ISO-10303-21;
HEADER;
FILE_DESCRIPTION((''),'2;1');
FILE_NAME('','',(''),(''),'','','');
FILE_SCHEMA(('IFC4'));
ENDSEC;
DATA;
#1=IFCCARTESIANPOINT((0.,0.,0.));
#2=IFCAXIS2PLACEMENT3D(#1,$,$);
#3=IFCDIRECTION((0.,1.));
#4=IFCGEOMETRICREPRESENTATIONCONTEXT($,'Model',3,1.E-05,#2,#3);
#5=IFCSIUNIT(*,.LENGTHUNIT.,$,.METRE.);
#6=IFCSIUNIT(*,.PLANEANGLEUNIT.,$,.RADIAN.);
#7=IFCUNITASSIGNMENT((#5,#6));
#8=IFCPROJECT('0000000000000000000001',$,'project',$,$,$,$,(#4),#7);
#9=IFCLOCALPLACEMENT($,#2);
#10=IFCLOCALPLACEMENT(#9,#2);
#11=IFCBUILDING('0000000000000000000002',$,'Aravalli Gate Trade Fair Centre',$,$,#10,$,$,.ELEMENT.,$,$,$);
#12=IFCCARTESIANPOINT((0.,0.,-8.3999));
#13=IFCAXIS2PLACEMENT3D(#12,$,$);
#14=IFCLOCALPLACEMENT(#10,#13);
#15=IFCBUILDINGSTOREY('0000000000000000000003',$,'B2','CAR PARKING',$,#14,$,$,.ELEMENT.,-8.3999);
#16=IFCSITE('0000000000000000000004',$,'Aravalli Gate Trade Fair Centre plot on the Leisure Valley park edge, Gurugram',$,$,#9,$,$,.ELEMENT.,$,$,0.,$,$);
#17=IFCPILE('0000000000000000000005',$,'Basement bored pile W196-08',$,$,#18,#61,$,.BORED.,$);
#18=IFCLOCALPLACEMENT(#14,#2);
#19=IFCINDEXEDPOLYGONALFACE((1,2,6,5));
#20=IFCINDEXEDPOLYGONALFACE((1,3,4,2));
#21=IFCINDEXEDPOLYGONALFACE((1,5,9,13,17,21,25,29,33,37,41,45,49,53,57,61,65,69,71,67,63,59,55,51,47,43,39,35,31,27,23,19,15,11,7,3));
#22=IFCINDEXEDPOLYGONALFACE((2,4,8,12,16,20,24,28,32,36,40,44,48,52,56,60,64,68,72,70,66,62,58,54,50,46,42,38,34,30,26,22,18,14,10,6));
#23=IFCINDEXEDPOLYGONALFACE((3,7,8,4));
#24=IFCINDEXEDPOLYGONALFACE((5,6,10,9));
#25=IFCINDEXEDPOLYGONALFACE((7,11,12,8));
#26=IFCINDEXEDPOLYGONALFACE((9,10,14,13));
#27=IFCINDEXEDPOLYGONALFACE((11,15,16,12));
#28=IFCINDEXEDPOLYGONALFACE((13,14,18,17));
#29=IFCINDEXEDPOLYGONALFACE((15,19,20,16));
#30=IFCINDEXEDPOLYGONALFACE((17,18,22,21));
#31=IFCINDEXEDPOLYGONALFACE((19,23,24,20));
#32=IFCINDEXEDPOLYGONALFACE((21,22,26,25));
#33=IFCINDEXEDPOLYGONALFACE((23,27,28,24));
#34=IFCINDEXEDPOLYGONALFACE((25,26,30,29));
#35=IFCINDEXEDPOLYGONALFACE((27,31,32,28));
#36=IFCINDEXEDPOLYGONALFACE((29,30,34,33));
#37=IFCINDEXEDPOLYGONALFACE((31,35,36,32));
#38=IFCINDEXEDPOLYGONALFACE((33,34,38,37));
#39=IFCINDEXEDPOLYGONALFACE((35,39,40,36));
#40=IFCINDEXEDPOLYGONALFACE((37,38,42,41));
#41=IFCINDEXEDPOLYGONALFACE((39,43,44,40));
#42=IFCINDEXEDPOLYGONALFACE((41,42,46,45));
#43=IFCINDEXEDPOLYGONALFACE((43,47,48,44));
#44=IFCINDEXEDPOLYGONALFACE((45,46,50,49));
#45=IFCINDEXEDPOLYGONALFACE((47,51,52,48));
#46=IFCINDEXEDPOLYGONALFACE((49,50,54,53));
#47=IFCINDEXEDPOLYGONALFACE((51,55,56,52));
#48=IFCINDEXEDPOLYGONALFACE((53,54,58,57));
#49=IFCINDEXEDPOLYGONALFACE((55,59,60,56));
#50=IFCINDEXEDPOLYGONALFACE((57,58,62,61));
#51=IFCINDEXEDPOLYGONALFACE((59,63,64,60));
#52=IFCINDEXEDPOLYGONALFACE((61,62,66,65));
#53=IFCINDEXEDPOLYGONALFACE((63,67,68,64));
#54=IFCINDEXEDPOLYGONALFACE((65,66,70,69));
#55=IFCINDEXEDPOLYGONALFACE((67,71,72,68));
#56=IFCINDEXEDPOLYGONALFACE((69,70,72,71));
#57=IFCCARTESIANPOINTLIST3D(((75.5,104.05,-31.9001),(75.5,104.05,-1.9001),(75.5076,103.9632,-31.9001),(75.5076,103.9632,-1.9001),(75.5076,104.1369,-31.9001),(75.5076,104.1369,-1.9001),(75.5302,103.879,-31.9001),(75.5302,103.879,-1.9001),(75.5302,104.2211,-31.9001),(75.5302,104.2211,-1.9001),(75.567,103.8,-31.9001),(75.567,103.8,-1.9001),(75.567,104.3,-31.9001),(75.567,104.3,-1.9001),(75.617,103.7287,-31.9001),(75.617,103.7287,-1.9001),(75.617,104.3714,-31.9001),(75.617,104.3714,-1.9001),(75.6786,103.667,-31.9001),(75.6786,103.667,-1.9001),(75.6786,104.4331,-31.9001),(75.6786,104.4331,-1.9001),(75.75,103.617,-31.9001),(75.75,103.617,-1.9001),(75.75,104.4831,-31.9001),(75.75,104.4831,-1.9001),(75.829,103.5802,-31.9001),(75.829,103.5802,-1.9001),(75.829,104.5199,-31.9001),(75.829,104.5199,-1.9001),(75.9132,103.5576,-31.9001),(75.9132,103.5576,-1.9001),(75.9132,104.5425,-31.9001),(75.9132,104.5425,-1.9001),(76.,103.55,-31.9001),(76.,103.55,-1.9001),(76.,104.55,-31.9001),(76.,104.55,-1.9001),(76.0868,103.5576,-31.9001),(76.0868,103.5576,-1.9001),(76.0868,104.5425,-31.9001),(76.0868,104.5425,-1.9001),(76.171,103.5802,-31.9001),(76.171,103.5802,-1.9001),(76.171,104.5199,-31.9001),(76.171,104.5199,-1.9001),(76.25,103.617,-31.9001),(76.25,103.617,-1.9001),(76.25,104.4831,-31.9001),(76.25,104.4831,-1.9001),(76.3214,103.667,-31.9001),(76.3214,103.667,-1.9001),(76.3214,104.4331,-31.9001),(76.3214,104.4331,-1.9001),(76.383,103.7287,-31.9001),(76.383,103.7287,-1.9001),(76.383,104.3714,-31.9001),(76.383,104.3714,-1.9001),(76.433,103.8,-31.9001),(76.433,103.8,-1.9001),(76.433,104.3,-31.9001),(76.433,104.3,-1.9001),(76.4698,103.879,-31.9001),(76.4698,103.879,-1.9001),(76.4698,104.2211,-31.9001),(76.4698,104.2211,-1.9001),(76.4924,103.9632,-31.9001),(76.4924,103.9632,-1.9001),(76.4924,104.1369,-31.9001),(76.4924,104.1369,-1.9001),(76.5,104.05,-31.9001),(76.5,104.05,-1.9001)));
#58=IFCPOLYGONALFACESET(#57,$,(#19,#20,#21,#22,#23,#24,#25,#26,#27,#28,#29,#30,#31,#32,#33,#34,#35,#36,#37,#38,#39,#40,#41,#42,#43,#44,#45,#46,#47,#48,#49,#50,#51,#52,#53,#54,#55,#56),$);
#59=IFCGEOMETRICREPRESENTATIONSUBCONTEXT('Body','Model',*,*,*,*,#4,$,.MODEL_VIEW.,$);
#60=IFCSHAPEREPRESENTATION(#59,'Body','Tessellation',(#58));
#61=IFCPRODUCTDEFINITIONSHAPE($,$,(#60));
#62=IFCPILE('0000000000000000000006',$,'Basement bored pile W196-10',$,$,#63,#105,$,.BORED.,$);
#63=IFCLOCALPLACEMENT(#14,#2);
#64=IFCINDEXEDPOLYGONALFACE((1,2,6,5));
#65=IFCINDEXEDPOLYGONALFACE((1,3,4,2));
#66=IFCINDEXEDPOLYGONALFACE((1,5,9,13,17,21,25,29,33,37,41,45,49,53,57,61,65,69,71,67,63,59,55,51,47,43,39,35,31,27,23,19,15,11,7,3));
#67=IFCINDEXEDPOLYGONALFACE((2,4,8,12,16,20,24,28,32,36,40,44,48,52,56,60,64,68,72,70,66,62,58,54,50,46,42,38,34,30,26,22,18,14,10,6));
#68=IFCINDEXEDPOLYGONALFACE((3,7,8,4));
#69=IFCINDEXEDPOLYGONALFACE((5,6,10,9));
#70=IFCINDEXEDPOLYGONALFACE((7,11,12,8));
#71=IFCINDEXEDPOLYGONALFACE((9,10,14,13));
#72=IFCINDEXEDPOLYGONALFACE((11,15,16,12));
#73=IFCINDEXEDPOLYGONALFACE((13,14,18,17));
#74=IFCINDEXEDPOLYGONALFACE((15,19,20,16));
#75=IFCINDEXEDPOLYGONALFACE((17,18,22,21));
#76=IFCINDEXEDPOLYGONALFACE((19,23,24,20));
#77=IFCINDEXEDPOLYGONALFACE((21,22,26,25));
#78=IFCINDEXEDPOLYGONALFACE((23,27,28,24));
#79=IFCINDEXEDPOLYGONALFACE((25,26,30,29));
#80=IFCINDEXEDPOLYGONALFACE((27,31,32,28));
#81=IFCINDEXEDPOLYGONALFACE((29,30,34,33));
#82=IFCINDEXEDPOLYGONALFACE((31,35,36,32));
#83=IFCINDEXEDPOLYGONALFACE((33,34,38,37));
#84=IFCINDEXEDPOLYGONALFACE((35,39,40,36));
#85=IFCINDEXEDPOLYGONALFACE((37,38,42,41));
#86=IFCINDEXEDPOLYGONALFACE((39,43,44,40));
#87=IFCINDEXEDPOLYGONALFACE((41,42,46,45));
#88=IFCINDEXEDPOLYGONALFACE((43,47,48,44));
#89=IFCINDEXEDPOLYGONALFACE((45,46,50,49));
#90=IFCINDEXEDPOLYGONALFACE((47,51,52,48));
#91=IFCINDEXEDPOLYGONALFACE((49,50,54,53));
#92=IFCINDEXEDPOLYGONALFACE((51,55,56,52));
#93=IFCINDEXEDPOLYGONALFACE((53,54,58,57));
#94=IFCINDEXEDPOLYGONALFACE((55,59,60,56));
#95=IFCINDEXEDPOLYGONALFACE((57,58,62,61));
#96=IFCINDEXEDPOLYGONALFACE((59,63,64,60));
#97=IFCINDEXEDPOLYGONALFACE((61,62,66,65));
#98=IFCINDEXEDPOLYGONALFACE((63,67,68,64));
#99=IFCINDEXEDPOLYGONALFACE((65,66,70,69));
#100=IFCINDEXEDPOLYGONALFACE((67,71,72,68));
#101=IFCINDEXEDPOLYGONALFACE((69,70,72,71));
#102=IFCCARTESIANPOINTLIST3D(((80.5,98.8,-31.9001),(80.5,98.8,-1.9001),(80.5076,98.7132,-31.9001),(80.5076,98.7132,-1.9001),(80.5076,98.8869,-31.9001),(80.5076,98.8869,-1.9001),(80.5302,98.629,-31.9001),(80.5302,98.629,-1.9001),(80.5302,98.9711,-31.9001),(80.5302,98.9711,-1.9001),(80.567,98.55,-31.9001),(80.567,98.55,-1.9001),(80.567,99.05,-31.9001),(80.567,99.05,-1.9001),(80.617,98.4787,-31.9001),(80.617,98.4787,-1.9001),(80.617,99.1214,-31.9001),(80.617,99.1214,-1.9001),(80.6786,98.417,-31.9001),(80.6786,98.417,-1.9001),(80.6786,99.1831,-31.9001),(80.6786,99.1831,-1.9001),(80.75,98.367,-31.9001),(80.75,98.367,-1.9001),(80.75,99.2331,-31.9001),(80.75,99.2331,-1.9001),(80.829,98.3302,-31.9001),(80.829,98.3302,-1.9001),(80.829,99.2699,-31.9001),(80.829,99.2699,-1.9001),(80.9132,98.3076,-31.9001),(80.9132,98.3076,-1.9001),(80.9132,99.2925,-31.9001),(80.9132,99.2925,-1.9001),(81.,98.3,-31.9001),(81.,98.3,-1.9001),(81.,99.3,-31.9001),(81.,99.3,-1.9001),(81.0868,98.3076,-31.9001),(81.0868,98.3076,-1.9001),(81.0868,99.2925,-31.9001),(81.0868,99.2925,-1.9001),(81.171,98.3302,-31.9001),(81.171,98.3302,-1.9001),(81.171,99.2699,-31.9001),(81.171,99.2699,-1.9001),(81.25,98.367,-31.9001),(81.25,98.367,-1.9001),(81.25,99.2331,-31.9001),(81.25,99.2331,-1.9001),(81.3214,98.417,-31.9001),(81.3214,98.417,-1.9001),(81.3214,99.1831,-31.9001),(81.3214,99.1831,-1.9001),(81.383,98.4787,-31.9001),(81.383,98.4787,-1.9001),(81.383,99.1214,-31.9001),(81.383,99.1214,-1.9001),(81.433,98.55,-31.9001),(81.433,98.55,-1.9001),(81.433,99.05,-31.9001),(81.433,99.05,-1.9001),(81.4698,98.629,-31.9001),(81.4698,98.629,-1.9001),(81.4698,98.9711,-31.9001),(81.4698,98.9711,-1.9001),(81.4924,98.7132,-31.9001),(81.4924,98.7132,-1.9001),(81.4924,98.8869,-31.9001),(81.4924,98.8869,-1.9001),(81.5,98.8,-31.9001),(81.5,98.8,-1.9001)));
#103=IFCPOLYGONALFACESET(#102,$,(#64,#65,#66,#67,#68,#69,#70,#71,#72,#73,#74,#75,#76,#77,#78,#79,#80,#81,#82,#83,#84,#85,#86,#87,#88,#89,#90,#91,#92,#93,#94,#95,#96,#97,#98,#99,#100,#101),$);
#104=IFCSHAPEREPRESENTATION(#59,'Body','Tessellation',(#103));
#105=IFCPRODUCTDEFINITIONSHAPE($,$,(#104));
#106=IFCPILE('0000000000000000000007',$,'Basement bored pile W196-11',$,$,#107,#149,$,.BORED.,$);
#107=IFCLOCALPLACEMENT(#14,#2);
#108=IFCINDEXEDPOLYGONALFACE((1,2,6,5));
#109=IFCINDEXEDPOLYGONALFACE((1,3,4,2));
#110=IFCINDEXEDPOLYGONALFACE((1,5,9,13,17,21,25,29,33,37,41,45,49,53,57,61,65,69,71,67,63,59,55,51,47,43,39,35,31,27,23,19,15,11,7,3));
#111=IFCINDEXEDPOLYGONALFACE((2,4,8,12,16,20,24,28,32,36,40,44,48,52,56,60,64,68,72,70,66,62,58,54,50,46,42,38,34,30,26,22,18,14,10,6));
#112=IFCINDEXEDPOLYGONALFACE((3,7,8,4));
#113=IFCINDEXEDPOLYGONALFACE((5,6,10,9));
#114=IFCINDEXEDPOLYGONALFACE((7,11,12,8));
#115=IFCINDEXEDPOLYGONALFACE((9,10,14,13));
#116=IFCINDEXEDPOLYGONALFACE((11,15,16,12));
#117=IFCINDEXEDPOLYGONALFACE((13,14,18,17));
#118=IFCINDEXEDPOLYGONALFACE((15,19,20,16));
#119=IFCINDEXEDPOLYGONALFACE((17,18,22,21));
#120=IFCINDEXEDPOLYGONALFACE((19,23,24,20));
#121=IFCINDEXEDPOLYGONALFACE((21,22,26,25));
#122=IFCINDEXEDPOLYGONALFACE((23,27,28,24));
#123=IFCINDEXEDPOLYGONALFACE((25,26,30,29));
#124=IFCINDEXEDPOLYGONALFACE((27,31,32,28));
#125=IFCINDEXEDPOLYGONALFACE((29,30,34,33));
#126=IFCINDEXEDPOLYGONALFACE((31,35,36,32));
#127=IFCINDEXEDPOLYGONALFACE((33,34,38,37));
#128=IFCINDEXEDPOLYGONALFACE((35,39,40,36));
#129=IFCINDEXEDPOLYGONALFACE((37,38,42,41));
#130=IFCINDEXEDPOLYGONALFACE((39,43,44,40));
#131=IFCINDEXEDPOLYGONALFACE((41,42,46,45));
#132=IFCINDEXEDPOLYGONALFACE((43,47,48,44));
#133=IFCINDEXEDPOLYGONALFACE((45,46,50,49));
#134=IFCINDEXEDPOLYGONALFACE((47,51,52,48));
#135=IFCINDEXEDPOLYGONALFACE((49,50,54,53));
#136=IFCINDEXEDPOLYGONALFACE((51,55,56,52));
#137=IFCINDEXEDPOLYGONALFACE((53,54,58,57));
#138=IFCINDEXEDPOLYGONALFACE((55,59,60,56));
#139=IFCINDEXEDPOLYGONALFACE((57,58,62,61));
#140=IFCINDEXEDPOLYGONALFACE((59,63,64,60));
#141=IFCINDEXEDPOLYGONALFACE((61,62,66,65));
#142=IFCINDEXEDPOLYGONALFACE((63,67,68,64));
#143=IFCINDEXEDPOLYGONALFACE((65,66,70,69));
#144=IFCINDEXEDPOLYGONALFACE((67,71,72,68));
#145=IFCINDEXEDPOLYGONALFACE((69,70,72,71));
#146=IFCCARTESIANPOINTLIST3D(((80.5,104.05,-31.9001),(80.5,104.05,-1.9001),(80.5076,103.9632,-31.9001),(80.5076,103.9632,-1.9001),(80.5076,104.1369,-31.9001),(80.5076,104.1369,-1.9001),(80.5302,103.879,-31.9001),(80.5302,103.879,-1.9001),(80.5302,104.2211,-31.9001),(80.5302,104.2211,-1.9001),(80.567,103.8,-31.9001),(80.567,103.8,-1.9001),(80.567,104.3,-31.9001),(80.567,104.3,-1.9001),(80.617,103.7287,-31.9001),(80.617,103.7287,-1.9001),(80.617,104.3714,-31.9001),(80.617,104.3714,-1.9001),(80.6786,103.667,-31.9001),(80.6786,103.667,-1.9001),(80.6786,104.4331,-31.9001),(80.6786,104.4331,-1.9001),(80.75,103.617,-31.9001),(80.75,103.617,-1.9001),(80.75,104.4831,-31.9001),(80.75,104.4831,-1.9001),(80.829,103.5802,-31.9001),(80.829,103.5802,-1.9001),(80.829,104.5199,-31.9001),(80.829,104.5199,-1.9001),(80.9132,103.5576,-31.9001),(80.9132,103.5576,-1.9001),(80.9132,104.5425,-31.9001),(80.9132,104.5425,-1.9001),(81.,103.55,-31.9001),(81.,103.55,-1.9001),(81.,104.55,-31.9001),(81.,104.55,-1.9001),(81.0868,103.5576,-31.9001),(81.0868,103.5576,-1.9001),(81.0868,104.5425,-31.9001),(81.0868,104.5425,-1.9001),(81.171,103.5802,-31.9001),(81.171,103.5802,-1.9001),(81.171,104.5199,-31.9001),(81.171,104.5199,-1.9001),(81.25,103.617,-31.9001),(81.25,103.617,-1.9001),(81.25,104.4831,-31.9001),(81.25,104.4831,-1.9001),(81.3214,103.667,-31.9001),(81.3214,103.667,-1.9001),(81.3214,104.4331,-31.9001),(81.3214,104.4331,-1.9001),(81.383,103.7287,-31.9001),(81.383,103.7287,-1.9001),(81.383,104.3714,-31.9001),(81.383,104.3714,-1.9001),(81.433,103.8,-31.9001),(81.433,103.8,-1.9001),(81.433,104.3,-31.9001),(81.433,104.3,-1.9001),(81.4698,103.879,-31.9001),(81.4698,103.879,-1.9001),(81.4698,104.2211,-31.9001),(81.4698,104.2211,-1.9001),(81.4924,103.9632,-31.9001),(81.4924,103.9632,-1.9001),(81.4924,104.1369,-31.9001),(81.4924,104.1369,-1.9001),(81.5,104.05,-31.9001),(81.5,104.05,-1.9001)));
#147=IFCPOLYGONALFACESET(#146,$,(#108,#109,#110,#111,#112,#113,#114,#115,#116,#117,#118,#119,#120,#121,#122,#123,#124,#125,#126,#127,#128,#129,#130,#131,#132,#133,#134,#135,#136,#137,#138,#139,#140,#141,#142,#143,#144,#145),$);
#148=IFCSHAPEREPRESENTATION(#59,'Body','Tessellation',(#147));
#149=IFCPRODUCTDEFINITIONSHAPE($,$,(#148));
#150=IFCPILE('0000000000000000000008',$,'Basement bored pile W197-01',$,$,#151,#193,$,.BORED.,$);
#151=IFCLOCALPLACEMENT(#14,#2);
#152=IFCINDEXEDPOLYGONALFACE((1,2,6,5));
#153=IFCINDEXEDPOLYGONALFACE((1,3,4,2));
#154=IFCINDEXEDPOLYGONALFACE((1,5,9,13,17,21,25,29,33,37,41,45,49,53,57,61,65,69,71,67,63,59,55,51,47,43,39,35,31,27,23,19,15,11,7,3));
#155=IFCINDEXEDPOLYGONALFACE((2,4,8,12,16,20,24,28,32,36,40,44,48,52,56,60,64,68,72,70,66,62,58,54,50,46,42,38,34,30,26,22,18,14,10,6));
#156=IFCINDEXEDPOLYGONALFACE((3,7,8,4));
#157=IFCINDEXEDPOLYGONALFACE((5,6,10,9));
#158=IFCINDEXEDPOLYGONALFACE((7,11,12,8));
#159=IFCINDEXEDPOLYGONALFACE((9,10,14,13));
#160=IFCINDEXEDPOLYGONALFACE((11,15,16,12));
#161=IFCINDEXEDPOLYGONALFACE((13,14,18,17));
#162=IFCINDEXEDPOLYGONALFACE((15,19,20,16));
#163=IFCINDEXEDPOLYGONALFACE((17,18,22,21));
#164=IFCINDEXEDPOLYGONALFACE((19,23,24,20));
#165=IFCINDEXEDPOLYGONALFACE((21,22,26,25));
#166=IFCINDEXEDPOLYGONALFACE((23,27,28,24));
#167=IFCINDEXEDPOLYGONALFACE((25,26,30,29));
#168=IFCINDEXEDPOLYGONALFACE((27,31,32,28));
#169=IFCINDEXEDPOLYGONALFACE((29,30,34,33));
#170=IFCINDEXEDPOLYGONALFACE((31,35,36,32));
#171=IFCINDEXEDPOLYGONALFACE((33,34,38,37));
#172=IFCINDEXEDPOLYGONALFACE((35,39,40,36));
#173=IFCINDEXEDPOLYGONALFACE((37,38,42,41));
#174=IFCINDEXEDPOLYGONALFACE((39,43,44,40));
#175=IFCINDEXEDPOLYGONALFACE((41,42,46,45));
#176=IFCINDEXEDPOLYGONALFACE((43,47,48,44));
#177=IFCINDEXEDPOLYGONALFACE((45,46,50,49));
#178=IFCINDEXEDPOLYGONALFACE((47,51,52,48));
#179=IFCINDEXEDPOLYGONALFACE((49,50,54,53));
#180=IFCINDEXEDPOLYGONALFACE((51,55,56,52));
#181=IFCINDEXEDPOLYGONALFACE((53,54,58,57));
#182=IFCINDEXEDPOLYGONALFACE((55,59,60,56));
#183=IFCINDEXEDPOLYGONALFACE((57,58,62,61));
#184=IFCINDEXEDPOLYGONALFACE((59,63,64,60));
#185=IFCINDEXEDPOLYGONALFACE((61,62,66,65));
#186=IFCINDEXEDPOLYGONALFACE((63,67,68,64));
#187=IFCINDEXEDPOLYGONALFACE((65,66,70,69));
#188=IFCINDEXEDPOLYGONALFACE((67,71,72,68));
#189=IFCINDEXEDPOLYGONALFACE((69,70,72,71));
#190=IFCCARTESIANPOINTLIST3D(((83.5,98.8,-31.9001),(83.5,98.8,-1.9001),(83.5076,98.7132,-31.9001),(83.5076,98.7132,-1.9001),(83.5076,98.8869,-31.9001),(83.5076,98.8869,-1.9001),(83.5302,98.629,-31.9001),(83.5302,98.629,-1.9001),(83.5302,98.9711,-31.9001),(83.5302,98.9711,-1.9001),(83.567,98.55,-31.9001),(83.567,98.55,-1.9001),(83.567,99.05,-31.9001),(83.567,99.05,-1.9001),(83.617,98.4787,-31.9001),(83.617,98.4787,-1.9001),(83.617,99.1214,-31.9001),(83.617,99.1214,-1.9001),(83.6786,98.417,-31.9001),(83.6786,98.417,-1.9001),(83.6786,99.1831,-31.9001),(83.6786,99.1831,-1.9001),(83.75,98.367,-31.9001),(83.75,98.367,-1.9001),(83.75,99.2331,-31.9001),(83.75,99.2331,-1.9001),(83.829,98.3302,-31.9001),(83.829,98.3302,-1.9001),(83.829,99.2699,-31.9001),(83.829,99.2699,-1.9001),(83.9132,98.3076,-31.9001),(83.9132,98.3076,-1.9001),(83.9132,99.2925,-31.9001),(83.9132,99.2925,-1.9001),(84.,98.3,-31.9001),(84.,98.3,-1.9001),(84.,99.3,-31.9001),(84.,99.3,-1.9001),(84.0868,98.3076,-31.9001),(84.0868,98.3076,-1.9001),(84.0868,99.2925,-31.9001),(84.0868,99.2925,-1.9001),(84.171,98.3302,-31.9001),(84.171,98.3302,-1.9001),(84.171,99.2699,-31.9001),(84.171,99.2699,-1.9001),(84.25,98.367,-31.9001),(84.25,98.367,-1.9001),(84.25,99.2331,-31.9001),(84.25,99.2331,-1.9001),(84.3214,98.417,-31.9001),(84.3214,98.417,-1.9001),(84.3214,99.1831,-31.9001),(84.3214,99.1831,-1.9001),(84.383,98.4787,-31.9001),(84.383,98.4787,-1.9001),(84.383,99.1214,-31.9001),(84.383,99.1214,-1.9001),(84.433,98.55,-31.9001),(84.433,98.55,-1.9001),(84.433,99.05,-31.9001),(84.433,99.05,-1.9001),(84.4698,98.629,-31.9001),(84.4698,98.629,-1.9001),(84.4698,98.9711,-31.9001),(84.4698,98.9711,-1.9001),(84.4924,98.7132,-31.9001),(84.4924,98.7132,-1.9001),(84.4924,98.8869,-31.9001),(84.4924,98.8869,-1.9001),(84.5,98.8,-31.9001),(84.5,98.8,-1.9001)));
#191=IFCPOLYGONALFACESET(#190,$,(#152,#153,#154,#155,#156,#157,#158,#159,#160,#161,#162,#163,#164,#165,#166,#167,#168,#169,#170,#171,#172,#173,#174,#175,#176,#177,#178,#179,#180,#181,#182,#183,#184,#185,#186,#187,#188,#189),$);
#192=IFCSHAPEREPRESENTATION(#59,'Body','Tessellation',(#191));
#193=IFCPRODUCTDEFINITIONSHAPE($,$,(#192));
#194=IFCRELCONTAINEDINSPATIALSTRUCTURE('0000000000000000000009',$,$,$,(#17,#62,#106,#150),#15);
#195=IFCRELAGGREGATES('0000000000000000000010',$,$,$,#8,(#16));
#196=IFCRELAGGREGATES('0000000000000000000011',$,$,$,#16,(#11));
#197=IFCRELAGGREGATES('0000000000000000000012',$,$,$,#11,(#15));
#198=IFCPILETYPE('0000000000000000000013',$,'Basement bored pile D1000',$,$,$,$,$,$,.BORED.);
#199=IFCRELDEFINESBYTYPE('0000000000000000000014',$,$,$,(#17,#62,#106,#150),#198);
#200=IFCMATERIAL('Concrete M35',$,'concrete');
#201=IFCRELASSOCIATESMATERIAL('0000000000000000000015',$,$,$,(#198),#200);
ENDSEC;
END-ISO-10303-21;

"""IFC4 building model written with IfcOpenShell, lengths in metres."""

from ifc_helpers import new_model, si_unit, direction, frame, origin, origin_2d, place, context, subcontext, project, spatial, circle, extrude, material, material_profile, profile_set, type_object, element, save


model = new_model("IFC4")

# Units and contexts
model_context = context("Model", 3, precision=1e-05, world=origin(), true_north=direction((0.0, 1.0)))
body_context = subcontext(model_context, "Body", "Model", "MODEL_VIEW")
ifc_project = project(units=[si_unit("LENGTHUNIT", "METRE"), si_unit("PLANEANGLEUNIT", "RADIAN")], contexts=[model_context])

# Site, building, storey
site_placement = place(None, origin())
site = spatial("IfcSite", under=ifc_project, at=site_placement, Name="Aravalli Gate Trade Fair Centre plot on the Leisure Valley park edge, Gurugram", CompositionType="ELEMENT", RefElevation=0.0)
building_placement = place(site_placement, origin())
building = spatial("IfcBuilding", under=site, at=building_placement, Name="Aravalli Gate Trade Fair Centre", CompositionType="ELEMENT")
storey_placement = place(building_placement, frame((0.0, 0.0, -8.3999)))
storey = spatial("IfcBuildingStorey", under=building, at=storey_placement, Name="B2", Description="CAR PARKING", CompositionType="ELEMENT", Elevation=-8.3999)

# Piles
ifc_material_1 = material(Name="Concrete M35", Category="concrete")
ifc_material_profile_1 = material_profile(ifc_material_1, circle(Radius=0.5, at=origin_2d()), Name="D1000")
ifc_profile_set_1 = profile_set([ifc_material_profile_1], Name="Concrete M35")
pile_type = type_object("IfcPileType", Name="Basement bored pile D1000", PredefinedType="BORED", material=ifc_profile_set_1)
for number, where, z_axis, x_axis, name in (
    (1, (76.0, 104.05, -1.9001), (0.0, 0.0, -1.0), (1.0, 0.0, 0.0), "Basement bored pile W196-08"),
    (2, (81.0, 98.8, -1.9001), (0.0, 0.0, -1.0), (1.0, 0.0, 0.0), "Basement bored pile W196-10"),
    (3, (81.0, 104.05, -1.9001), (0.0, 0.0, -1.0), (1.0, 0.0, 0.0), "Basement bored pile W196-11"),
    (4, (84.0, 98.8, -1.9001), (0.0, 0.0, -1.0), (1.0, 0.0, 0.0), "Basement bored pile W197-01"),
):
    element("IfcPile", number, at=place(storey_placement, frame(where, z_axis=z_axis, x_axis=x_axis)), inside=storey, type_object=pile_type, Name=name, PredefinedType="BORED", context=body_context, shape_type="SweptSolid", body=[
        extrude(circle(Radius=0.5, at=origin_2d()), origin(), (0.0, 0.0, 1.0), 30.0),
    ])

save(model, "model.ifc")
